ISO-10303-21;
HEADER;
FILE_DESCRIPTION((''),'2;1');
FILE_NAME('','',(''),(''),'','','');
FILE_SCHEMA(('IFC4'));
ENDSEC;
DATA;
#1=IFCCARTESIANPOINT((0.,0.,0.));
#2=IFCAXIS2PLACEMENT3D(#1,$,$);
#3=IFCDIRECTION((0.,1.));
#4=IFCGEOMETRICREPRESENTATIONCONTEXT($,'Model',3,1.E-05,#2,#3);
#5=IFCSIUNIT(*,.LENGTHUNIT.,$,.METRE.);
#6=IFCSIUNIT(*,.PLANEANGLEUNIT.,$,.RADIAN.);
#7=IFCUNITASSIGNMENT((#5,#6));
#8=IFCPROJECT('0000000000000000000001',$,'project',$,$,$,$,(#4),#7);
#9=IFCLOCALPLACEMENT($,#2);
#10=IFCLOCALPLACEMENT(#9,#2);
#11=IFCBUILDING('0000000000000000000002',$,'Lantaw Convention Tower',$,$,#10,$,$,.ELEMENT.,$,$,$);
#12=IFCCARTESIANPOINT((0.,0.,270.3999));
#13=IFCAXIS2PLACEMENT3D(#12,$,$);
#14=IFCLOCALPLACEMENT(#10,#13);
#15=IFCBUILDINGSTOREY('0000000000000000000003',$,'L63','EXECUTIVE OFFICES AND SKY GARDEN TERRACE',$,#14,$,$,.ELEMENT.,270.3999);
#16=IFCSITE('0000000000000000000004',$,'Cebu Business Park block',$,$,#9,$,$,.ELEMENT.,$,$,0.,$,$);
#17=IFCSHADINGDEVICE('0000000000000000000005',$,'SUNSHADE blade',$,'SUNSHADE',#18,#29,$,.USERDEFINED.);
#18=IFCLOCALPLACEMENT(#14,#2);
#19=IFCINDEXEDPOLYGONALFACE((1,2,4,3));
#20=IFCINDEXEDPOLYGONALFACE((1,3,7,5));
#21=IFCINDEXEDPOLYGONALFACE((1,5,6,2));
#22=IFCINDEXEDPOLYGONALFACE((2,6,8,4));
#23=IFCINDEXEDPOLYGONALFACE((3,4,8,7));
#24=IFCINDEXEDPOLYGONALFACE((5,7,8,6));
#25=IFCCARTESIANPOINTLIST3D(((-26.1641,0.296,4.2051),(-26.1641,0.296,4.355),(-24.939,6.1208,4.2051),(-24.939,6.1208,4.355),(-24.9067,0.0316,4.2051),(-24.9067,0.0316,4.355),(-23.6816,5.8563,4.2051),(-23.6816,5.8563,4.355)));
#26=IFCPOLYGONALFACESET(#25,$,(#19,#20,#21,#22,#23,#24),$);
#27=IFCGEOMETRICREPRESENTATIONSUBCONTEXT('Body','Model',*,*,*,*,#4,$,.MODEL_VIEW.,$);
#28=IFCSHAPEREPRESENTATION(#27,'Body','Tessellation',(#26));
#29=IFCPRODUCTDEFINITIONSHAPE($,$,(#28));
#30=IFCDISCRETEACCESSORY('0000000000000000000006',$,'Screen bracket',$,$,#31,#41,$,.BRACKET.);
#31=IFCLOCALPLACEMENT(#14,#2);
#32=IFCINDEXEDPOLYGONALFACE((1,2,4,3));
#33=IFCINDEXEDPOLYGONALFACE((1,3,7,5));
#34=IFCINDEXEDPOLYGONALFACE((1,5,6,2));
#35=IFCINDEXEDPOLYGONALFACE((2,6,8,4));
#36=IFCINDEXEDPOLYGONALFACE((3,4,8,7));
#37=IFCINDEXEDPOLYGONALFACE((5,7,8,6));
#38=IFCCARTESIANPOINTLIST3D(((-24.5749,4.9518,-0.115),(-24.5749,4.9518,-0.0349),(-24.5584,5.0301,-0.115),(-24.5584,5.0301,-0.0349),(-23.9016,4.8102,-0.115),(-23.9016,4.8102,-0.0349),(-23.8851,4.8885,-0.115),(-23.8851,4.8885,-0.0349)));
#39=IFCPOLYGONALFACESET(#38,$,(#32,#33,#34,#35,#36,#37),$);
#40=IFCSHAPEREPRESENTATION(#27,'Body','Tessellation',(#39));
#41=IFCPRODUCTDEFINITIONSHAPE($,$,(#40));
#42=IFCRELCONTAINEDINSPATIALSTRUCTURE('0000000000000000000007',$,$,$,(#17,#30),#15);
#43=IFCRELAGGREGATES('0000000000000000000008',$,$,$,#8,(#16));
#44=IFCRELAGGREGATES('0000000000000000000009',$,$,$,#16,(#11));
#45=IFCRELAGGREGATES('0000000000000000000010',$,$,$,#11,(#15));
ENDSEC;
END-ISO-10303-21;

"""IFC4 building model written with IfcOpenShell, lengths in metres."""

from ifc_helpers import new_model, si_unit, direction, frame, origin, origin_2d, place, context, subcontext, project, spatial, rectangle, extrude, element, save


model = new_model("IFC4")

# Units and contexts
model_context = context("Model", 3, precision=1e-05, world=origin(), true_north=direction((0.0, 1.0)))
body_context = subcontext(model_context, "Body", "Model", "MODEL_VIEW")
ifc_project = project(units=[si_unit("LENGTHUNIT", "METRE"), si_unit("PLANEANGLEUNIT", "RADIAN")], contexts=[model_context])

# Site, building, storey
site_placement = place(None, origin())
site = spatial("IfcSite", under=ifc_project, at=site_placement, Name="Cebu Business Park block", CompositionType="ELEMENT", RefElevation=0.0)
building_placement = place(site_placement, origin())
building = spatial("IfcBuilding", under=site, at=building_placement, Name="Lantaw Convention Tower", CompositionType="ELEMENT")
storey_placement = place(building_placement, frame((0.0, 0.0, 270.3999)))
storey = spatial("IfcBuildingStorey", under=building, at=storey_placement, Name="L63", Description="EXECUTIVE OFFICES AND SKY GARDEN TERRACE", CompositionType="ELEMENT", Elevation=270.3999)

# Shading device
shading_device_1_placement = place(storey_placement, frame((-24.9229, 3.0762, 4.2051), z_axis=(0.0, 0.0, 1.0), x_axis=(-0.205814, -0.978591, 0.0)))
element("IfcShadingDevice", 1, at=shading_device_1_placement, inside=storey, Name="SUNSHADE blade", ObjectType="SUNSHADE", PredefinedType="USERDEFINED", context=body_context, shape_type="SweptSolid", body=[
    extrude(rectangle(XDim=5.9521, YDim=1.2849, at=origin_2d()), origin(), (0.0, 0.0, 1.0), 0.1499),
])

# Discrete accessory
discrete_accessory_placement = place(storey_placement, frame((-24.23, 4.9202, -0.115), z_axis=(0.0, 0.0, 1.0), x_axis=(-0.205814, -0.978591, 0.0)))
element("IfcDiscreteAccessory", 2, at=discrete_accessory_placement, inside=storey, Name="Screen bracket", PredefinedType="BRACKET", context=body_context, shape_type="SweptSolid", body=[
    extrude(rectangle(XDim=0.0801, YDim=0.688, at=origin_2d()), origin(), (0.0, 0.0, 1.0), 0.0801),
])

save(model, "model.ifc")
